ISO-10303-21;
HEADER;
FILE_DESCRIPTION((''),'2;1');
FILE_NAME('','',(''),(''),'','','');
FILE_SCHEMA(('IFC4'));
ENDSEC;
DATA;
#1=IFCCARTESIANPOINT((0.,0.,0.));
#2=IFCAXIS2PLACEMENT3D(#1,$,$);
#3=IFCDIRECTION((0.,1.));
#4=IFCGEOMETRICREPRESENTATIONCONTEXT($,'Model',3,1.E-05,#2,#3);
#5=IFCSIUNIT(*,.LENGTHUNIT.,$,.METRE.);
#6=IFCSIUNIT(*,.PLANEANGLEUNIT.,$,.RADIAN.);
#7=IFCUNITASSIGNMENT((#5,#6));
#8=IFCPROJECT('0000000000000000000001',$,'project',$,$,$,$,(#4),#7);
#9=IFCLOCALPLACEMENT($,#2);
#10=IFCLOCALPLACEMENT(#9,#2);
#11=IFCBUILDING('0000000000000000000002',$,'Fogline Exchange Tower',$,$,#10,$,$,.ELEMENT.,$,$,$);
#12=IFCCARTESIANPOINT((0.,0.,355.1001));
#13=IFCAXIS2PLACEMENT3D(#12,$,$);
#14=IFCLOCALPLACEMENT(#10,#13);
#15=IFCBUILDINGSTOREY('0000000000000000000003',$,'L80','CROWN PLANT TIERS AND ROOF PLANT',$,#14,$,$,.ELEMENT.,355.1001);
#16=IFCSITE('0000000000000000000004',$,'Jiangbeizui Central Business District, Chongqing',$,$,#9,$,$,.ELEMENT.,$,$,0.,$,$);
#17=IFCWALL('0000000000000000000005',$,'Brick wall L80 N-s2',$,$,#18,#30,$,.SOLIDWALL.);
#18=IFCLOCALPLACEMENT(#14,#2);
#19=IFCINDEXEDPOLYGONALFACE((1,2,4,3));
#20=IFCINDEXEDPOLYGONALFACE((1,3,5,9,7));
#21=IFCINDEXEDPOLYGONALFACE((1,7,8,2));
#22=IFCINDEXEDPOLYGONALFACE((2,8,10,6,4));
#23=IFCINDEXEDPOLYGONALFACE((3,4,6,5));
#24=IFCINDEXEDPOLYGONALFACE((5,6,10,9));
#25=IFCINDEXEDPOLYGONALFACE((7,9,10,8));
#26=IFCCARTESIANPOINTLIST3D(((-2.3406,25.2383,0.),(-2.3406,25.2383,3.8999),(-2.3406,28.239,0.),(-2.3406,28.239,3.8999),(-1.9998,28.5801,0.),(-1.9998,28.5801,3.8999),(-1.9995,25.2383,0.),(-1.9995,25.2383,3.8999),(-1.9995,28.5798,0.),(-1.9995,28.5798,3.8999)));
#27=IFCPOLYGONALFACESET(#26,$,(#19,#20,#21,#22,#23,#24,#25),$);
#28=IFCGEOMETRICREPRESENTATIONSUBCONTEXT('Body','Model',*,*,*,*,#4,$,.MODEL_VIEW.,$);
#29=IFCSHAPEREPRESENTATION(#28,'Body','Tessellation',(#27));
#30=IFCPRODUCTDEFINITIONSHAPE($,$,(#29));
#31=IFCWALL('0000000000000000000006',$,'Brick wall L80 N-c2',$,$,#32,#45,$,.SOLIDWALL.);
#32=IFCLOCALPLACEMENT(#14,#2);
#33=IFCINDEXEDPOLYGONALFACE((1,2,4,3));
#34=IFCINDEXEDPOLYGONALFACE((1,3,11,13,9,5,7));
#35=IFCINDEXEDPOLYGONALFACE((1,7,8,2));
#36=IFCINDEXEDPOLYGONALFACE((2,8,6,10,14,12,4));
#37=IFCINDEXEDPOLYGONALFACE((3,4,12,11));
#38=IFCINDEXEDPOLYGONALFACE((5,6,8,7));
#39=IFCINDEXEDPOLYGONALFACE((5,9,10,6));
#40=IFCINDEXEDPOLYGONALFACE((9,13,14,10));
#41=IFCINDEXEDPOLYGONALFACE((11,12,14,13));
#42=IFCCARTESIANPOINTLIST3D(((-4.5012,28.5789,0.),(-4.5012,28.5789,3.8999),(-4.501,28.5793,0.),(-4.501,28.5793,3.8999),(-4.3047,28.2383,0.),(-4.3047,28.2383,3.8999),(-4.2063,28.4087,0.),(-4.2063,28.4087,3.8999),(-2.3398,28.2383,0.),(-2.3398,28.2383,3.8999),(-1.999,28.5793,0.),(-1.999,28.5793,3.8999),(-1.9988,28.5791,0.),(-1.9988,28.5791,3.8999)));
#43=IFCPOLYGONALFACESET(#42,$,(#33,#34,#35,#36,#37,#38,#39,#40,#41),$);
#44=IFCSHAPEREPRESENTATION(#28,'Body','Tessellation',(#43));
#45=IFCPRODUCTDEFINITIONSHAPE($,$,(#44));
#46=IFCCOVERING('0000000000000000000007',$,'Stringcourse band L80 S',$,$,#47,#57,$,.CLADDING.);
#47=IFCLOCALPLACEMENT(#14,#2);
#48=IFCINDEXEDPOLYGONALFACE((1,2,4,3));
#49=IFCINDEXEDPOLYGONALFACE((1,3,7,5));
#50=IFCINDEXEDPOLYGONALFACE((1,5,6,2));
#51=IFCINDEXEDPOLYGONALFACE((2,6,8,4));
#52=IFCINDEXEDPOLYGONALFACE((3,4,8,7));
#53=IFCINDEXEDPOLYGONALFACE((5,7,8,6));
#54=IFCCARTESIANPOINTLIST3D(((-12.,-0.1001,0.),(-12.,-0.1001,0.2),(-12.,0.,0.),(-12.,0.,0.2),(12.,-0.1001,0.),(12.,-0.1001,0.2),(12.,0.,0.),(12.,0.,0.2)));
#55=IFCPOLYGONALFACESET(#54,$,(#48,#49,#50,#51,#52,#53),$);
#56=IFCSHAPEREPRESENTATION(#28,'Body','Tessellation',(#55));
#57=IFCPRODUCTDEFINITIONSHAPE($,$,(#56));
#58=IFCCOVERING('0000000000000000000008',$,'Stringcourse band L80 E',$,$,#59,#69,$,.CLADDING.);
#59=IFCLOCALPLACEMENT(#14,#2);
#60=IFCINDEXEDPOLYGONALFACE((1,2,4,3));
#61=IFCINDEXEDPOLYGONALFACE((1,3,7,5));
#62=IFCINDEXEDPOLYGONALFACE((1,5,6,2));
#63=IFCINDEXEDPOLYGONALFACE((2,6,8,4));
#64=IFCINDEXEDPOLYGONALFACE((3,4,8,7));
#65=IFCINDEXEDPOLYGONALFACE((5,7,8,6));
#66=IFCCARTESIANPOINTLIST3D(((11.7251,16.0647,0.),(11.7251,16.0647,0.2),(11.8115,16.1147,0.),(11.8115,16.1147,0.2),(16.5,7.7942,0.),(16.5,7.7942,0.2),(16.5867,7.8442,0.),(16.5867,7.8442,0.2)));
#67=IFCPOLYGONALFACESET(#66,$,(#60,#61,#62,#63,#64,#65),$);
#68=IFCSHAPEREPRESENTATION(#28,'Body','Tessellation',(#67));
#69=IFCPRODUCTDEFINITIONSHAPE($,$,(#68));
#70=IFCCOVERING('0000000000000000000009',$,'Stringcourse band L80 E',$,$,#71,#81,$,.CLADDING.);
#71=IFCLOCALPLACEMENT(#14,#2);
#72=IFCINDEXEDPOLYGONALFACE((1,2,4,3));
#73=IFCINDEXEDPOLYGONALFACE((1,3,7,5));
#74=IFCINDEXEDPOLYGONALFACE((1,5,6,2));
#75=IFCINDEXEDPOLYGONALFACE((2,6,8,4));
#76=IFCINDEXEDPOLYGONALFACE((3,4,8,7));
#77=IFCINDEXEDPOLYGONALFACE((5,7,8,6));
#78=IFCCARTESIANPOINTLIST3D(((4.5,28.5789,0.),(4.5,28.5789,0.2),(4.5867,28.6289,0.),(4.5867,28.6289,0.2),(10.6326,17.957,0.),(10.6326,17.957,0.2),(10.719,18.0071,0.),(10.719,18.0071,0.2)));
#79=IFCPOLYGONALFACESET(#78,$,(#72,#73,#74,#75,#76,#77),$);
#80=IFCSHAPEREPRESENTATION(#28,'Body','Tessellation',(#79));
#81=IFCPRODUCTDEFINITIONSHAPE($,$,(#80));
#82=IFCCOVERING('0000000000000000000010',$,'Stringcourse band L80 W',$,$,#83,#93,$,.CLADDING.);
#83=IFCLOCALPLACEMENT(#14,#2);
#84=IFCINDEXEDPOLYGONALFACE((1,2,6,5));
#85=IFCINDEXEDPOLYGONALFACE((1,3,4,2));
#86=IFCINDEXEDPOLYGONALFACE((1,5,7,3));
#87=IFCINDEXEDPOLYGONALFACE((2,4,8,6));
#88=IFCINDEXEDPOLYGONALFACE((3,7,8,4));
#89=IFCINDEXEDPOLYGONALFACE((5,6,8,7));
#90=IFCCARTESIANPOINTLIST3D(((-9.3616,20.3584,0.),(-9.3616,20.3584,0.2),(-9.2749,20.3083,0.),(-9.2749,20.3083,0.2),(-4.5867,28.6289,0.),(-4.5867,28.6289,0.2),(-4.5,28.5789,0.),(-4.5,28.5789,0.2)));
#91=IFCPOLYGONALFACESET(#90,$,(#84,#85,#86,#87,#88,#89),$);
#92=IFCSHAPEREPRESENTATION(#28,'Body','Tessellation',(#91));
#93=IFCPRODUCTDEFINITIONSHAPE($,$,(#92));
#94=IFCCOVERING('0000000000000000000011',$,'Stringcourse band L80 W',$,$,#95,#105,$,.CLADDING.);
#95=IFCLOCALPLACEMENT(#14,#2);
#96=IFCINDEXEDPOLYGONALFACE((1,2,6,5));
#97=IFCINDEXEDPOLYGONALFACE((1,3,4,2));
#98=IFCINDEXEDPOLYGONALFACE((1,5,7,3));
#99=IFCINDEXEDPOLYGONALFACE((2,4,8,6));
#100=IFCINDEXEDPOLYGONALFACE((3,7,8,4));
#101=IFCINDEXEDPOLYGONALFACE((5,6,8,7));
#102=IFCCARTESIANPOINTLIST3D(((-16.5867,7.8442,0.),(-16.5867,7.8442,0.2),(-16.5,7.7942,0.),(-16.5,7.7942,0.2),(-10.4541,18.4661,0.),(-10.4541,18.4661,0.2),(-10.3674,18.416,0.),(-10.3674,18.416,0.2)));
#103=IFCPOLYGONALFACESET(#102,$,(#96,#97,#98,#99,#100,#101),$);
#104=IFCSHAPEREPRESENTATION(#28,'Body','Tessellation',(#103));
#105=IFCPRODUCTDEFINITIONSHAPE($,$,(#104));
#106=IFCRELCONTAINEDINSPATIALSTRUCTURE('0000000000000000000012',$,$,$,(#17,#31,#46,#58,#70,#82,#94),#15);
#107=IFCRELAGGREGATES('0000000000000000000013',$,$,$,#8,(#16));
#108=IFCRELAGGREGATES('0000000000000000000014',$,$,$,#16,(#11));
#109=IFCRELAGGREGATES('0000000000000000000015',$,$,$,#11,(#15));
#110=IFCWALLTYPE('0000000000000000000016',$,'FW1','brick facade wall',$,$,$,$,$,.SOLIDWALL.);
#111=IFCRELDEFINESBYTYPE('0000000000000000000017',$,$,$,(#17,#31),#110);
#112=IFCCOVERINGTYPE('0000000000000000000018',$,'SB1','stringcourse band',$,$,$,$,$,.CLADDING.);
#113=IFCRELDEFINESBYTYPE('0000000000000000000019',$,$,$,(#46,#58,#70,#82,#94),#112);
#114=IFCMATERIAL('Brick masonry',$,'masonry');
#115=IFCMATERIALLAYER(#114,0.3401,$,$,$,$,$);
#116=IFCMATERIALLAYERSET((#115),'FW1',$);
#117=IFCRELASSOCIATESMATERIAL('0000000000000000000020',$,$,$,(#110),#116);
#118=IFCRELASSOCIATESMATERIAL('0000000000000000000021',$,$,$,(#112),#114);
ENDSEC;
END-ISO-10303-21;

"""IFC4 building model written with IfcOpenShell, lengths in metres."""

from ifc_helpers import new_model, si_unit, direction, frame, origin, place, context, subcontext, project, spatial, polyline, outline, extrude, material, layer, layer_set, type_object, element, save


model = new_model("IFC4")

# Units and contexts
model_context = context("Model", 3, precision=1e-05, world=origin(), true_north=direction((0.0, 1.0)))
body_context = subcontext(model_context, "Body", "Model", "MODEL_VIEW")
ifc_project = project(units=[si_unit("LENGTHUNIT", "METRE"), si_unit("PLANEANGLEUNIT", "RADIAN")], contexts=[model_context])

# Site, building, storey
site_placement = place(None, origin())
site = spatial("IfcSite", under=ifc_project, at=site_placement, Name="Jiangbeizui Central Business District, Chongqing", CompositionType="ELEMENT", RefElevation=0.0)
building_placement = place(site_placement, origin())
building = spatial("IfcBuilding", under=site, at=building_placement, Name="Fogline Exchange Tower", CompositionType="ELEMENT")
storey_placement = place(building_placement, frame((0.0, 0.0, 355.1001)))
storey = spatial("IfcBuildingStorey", under=building, at=storey_placement, Name="L80", Description="CROWN PLANT TIERS AND ROOF PLANT", CompositionType="ELEMENT", Elevation=355.1001)

# Walls
ifc_material_1 = material(Name="Brick masonry", Category="masonry")
ifc_layer_1 = layer(ifc_material_1, 0.3401)
ifc_layer_set_1 = layer_set([ifc_layer_1], Name="FW1")
wall_type = type_object("IfcWallType", Name="FW1", Description="brick facade wall", PredefinedType="SOLIDWALL", material=ifc_layer_set_1)
wall_1_placement = place(storey_placement, origin())
element("IfcWall", 1, at=wall_1_placement, inside=storey, type_object=wall_type, Name="Brick wall L80 N-s2", PredefinedType="SOLIDWALL", context=body_context, shape_type="SweptSolid", body=[
    extrude(outline(polyline([(-1.9995, 28.5798), (-1.9995, 25.2383), (-2.3406, 25.2383), (-2.3406, 28.239), (-1.9998, 28.5801), (-1.9995, 28.5798)])), origin(), (0.0, 0.0, 1.0), 3.8999),
])
wall_2_placement = place(storey_placement, origin())
element("IfcWall", 2, at=wall_2_placement, inside=storey, type_object=wall_type, Name="Brick wall L80 N-c2", PredefinedType="SOLIDWALL", context=body_context, shape_type="SweptSolid", body=[
    extrude(outline(polyline([(-4.3047, 28.2383), (-4.2063, 28.4087), (-4.5012, 28.5789), (-4.501, 28.5793), (-1.999, 28.5793), (-1.9988, 28.5791), (-2.3398, 28.2383), (-4.3047, 28.2383)])), origin(), (0.0, 0.0, 1.0), 3.8999),
])

# Coverings
covering_type = type_object("IfcCoveringType", Name="SB1", Description="stringcourse band", PredefinedType="CLADDING", material=ifc_material_1)
covering_1_placement = place(storey_placement, origin())
element("IfcCovering", 3, at=covering_1_placement, inside=storey, type_object=covering_type, Name="Stringcourse band L80 S", PredefinedType="CLADDING", context=body_context, shape_type="SweptSolid", body=[
    extrude(outline(polyline([(-12.0, 0.0), (-12.0, -0.1001), (12.0, -0.1001), (12.0, 0.0), (-12.0, 0.0)])), origin(), (0.0, 0.0, 1.0), 0.2),
])
covering_2_placement = place(storey_placement, origin())
element("IfcCovering", 4, at=covering_2_placement, inside=storey, type_object=covering_type, Name="Stringcourse band L80 E", PredefinedType="CLADDING", context=body_context, shape_type="SweptSolid", body=[
    extrude(outline(polyline([(16.5, 7.7942), (16.5867, 7.8442), (11.8115, 16.1147), (11.7251, 16.0647), (16.5, 7.7942)])), origin(), (0.0, 0.0, 1.0), 0.2),
])
covering_3_placement = place(storey_placement, origin())
element("IfcCovering", 5, at=covering_3_placement, inside=storey, type_object=covering_type, Name="Stringcourse band L80 E", PredefinedType="CLADDING", context=body_context, shape_type="SweptSolid", body=[
    extrude(outline(polyline([(10.6326, 17.957), (10.719, 18.0071), (4.5867, 28.6289), (4.5, 28.5789), (10.6326, 17.957)])), origin(), (0.0, 0.0, 1.0), 0.2),
])
covering_4_placement = place(storey_placement, origin())
element("IfcCovering", 6, at=covering_4_placement, inside=storey, type_object=covering_type, Name="Stringcourse band L80 W", PredefinedType="CLADDING", context=body_context, shape_type="SweptSolid", body=[
    extrude(outline(polyline([(-4.5, 28.5789), (-4.5867, 28.6289), (-9.3616, 20.3584), (-9.2749, 20.3083), (-4.5, 28.5789)])), origin(), (0.0, 0.0, 1.0), 0.2),
])
covering_5_placement = place(storey_placement, origin())
element("IfcCovering", 7, at=covering_5_placement, inside=storey, type_object=covering_type, Name="Stringcourse band L80 W", PredefinedType="CLADDING", context=body_context, shape_type="SweptSolid", body=[
    extrude(outline(polyline([(-10.3674, 18.416), (-10.4541, 18.4661), (-16.5867, 7.8442), (-16.5, 7.7942), (-10.3674, 18.416)])), origin(), (0.0, 0.0, 1.0), 0.2),
])

save(model, "model.ifc")
